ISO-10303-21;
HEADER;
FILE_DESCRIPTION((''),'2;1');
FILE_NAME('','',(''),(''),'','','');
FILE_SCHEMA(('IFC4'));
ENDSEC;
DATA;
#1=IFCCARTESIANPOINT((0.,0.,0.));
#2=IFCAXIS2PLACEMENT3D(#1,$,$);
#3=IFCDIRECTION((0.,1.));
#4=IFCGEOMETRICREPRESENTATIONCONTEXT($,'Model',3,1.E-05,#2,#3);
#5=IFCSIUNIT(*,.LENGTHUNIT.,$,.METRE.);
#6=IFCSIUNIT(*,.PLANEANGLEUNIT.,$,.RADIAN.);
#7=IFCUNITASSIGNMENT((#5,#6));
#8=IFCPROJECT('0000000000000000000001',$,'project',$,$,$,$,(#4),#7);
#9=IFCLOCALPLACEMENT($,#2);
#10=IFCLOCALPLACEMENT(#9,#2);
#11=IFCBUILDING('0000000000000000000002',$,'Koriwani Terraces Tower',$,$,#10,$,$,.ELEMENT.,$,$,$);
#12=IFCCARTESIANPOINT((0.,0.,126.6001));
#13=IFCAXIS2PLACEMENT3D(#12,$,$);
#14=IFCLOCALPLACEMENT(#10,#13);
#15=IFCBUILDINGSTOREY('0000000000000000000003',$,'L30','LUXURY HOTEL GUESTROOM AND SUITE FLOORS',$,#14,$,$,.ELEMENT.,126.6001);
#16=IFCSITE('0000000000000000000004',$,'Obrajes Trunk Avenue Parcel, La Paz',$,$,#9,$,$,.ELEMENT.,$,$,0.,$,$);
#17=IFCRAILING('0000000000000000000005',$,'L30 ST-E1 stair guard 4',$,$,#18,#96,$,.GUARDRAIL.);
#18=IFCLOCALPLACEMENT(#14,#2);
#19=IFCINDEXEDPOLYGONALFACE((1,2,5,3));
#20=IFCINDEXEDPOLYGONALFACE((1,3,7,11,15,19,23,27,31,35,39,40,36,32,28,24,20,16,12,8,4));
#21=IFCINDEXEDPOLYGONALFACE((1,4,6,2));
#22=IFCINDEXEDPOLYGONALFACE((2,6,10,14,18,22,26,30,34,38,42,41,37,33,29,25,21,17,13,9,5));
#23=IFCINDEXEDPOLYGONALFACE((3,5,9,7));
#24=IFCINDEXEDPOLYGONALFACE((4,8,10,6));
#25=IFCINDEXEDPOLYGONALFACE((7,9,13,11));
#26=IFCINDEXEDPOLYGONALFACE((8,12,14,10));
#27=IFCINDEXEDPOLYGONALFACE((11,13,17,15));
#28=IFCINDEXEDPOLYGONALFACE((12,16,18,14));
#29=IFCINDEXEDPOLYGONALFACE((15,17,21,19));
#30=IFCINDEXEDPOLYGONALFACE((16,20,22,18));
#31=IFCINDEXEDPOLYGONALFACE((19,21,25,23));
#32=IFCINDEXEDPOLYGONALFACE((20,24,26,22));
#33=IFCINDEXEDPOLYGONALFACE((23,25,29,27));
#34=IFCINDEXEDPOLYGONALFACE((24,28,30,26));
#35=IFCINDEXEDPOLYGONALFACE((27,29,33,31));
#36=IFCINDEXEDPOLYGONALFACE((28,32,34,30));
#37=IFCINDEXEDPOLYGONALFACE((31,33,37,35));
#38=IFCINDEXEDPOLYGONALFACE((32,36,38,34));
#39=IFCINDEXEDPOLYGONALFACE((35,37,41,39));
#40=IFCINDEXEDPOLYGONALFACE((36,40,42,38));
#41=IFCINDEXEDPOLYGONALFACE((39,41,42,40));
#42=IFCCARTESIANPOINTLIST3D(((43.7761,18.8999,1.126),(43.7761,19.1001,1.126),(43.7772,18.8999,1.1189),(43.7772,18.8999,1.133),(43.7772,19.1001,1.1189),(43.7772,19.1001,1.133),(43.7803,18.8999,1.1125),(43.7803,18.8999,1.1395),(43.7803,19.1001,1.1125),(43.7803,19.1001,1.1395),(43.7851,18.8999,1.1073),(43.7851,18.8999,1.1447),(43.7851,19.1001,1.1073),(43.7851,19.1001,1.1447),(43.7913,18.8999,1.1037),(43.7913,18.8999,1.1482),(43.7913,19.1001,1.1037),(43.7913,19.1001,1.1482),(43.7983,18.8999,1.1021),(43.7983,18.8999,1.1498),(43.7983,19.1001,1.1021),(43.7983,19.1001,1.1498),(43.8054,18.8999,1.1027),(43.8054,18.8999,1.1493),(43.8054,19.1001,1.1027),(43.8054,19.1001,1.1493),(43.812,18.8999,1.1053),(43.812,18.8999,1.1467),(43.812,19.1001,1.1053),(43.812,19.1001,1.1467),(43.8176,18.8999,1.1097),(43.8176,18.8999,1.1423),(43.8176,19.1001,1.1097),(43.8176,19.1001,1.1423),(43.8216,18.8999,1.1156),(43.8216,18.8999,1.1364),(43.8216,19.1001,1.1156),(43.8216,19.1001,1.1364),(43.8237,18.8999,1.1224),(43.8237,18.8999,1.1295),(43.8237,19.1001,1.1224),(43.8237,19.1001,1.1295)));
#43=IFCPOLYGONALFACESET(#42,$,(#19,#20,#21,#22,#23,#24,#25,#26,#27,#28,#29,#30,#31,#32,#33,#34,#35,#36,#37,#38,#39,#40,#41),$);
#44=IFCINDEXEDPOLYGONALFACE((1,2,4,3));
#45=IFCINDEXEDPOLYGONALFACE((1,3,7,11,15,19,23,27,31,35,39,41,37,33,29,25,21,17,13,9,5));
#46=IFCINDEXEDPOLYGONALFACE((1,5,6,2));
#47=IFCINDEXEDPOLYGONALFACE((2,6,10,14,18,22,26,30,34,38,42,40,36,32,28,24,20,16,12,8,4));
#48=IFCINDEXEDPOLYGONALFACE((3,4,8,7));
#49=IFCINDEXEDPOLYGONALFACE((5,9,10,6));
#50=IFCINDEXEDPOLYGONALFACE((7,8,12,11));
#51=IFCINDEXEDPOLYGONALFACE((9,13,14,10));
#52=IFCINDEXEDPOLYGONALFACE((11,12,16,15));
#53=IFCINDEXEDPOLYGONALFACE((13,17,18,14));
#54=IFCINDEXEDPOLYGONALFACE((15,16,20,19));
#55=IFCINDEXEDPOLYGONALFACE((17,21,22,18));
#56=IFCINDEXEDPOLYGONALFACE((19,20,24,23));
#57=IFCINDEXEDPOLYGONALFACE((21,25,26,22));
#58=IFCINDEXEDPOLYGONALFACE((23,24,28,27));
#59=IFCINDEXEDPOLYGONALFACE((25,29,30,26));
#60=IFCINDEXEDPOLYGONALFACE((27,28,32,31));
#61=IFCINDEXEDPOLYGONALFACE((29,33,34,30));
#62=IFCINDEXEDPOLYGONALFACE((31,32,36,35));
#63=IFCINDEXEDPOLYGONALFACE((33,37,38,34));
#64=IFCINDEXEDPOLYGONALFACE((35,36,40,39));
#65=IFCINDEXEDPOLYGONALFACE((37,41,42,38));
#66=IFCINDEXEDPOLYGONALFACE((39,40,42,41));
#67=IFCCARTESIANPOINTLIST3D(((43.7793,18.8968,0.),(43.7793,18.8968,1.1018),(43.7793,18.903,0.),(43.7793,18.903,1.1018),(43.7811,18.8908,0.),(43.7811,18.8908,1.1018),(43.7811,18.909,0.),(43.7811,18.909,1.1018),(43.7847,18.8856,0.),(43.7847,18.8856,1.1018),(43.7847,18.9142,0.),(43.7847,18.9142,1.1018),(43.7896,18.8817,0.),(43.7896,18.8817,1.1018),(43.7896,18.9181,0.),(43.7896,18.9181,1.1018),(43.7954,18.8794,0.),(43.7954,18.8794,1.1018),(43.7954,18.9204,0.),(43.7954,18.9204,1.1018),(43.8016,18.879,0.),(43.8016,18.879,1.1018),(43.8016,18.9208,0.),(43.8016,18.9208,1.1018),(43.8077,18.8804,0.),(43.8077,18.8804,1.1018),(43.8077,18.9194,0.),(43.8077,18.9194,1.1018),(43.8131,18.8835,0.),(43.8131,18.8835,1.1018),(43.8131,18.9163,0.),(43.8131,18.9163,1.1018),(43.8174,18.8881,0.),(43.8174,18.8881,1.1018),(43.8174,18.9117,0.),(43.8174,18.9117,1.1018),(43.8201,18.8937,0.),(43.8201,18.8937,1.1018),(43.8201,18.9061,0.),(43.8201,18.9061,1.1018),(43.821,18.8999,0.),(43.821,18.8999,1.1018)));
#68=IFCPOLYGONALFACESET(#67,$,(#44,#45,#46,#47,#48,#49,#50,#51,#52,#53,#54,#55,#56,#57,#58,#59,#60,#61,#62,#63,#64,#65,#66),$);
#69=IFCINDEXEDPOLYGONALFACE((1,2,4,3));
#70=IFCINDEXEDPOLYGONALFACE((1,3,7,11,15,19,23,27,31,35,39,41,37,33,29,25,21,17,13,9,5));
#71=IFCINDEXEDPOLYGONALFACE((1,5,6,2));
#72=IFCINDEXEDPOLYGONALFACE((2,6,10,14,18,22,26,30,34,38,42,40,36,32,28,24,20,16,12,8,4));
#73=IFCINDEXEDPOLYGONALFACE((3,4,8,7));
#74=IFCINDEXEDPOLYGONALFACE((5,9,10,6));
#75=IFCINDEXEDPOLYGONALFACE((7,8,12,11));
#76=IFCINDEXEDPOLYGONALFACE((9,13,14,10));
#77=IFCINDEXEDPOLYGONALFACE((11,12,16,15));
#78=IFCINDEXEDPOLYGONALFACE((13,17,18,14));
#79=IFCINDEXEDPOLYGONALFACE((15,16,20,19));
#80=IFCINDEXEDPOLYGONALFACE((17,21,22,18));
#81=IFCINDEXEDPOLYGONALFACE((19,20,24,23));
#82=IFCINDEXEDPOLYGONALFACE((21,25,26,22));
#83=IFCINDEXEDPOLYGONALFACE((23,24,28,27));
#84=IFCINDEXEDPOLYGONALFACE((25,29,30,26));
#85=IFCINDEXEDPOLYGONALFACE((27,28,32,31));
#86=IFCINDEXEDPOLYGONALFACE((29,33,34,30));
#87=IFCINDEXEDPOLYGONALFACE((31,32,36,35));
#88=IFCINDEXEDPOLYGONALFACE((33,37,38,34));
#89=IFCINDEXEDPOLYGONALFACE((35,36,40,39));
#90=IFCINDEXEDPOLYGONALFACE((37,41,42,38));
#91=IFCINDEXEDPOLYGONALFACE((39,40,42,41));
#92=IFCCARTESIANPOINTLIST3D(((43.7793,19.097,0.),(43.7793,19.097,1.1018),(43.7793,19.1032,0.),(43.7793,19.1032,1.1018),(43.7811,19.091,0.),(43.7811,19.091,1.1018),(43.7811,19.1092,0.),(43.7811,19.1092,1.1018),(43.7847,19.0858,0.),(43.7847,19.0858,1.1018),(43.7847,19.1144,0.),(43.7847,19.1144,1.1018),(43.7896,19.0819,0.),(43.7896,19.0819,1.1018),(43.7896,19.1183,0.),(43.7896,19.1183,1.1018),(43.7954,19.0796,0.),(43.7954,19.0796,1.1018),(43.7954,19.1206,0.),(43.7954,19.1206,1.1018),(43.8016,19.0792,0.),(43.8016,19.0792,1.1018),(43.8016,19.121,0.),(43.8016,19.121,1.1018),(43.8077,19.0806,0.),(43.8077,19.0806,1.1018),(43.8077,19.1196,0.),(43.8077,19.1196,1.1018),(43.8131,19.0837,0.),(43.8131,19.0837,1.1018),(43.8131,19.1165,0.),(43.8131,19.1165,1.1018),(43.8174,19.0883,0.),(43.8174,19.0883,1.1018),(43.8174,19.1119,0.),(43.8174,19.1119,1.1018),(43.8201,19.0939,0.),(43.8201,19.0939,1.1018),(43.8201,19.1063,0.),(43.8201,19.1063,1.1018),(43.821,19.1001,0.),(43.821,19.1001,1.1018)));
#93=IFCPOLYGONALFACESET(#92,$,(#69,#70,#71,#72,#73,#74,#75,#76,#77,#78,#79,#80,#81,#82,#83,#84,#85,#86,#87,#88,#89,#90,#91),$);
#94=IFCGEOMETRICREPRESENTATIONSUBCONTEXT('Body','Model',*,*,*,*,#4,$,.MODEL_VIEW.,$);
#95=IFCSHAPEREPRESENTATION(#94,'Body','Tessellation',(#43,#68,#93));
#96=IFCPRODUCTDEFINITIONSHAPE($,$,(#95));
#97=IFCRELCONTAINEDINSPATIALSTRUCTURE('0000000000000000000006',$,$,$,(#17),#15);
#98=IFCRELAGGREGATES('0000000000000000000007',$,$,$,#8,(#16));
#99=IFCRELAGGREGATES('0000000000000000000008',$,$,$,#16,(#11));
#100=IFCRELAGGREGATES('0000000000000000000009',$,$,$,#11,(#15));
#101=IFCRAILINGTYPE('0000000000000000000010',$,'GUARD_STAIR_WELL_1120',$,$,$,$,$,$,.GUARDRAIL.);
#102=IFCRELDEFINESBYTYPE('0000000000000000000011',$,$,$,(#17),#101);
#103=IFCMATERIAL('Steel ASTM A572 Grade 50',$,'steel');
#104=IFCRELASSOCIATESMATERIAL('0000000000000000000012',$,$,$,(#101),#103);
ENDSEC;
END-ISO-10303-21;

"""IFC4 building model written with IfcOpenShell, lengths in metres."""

from ifc_helpers import new_model, si_unit, direction, frame, origin, origin_2d, place, context, subcontext, project, spatial, circle, extrude, material, type_object, element, save


model = new_model("IFC4")

# Units and contexts
model_context = context("Model", 3, precision=1e-05, world=origin(), true_north=direction((0.0, 1.0)))
body_context = subcontext(model_context, "Body", "Model", "MODEL_VIEW")
ifc_project = project(units=[si_unit("LENGTHUNIT", "METRE"), si_unit("PLANEANGLEUNIT", "RADIAN")], contexts=[model_context])

# Site, building, storey
site_placement = place(None, origin())
site = spatial("IfcSite", under=ifc_project, at=site_placement, Name="Obrajes Trunk Avenue Parcel, La Paz", CompositionType="ELEMENT", RefElevation=0.0)
building_placement = place(site_placement, origin())
building = spatial("IfcBuilding", under=site, at=building_placement, Name="Koriwani Terraces Tower", CompositionType="ELEMENT")
storey_placement = place(building_placement, frame((0.0, 0.0, 126.6001)))
storey = spatial("IfcBuildingStorey", under=building, at=storey_placement, Name="L30", Description="LUXURY HOTEL GUESTROOM AND SUITE FLOORS", CompositionType="ELEMENT", Elevation=126.6001)

# Shared definitions
ifc_material_1 = material(Name="Steel ASTM A572 Grade 50", Category="steel")

# Railing
railing_type_1 = type_object("IfcRailingType", Name="GUARD_STAIR_WELL_1120", PredefinedType="GUARDRAIL", material=ifc_material_1)
railing_1_placement = place(storey_placement, frame((43.8, 18.8999, 0.0)))
element("IfcRailing", 1, at=railing_1_placement, inside=storey, type_object=railing_type_1, Name="L30 ST-E1 stair guard 4", PredefinedType="GUARDRAIL", context=body_context, shape_type="SweptSolid", body=[
    extrude(circle(Radius=0.0239, at=origin_2d()), frame((0.0, 0.0, 1.126), z_axis=(0.0, 1.0, 0.0), x_axis=(-1.0, 0.0, 0.0)), (0.0, 0.0, 1.0), 0.2002),
    extrude(circle(Radius=0.021, at=origin_2d()), origin(), (0.0, 0.0, 1.0), 1.1018),
    extrude(circle(Radius=0.021, at=origin_2d()), frame((0.0, 0.2002, 0.0)), (0.0, 0.0, 1.0), 1.1018),
])

save(model, "model.ifc")
